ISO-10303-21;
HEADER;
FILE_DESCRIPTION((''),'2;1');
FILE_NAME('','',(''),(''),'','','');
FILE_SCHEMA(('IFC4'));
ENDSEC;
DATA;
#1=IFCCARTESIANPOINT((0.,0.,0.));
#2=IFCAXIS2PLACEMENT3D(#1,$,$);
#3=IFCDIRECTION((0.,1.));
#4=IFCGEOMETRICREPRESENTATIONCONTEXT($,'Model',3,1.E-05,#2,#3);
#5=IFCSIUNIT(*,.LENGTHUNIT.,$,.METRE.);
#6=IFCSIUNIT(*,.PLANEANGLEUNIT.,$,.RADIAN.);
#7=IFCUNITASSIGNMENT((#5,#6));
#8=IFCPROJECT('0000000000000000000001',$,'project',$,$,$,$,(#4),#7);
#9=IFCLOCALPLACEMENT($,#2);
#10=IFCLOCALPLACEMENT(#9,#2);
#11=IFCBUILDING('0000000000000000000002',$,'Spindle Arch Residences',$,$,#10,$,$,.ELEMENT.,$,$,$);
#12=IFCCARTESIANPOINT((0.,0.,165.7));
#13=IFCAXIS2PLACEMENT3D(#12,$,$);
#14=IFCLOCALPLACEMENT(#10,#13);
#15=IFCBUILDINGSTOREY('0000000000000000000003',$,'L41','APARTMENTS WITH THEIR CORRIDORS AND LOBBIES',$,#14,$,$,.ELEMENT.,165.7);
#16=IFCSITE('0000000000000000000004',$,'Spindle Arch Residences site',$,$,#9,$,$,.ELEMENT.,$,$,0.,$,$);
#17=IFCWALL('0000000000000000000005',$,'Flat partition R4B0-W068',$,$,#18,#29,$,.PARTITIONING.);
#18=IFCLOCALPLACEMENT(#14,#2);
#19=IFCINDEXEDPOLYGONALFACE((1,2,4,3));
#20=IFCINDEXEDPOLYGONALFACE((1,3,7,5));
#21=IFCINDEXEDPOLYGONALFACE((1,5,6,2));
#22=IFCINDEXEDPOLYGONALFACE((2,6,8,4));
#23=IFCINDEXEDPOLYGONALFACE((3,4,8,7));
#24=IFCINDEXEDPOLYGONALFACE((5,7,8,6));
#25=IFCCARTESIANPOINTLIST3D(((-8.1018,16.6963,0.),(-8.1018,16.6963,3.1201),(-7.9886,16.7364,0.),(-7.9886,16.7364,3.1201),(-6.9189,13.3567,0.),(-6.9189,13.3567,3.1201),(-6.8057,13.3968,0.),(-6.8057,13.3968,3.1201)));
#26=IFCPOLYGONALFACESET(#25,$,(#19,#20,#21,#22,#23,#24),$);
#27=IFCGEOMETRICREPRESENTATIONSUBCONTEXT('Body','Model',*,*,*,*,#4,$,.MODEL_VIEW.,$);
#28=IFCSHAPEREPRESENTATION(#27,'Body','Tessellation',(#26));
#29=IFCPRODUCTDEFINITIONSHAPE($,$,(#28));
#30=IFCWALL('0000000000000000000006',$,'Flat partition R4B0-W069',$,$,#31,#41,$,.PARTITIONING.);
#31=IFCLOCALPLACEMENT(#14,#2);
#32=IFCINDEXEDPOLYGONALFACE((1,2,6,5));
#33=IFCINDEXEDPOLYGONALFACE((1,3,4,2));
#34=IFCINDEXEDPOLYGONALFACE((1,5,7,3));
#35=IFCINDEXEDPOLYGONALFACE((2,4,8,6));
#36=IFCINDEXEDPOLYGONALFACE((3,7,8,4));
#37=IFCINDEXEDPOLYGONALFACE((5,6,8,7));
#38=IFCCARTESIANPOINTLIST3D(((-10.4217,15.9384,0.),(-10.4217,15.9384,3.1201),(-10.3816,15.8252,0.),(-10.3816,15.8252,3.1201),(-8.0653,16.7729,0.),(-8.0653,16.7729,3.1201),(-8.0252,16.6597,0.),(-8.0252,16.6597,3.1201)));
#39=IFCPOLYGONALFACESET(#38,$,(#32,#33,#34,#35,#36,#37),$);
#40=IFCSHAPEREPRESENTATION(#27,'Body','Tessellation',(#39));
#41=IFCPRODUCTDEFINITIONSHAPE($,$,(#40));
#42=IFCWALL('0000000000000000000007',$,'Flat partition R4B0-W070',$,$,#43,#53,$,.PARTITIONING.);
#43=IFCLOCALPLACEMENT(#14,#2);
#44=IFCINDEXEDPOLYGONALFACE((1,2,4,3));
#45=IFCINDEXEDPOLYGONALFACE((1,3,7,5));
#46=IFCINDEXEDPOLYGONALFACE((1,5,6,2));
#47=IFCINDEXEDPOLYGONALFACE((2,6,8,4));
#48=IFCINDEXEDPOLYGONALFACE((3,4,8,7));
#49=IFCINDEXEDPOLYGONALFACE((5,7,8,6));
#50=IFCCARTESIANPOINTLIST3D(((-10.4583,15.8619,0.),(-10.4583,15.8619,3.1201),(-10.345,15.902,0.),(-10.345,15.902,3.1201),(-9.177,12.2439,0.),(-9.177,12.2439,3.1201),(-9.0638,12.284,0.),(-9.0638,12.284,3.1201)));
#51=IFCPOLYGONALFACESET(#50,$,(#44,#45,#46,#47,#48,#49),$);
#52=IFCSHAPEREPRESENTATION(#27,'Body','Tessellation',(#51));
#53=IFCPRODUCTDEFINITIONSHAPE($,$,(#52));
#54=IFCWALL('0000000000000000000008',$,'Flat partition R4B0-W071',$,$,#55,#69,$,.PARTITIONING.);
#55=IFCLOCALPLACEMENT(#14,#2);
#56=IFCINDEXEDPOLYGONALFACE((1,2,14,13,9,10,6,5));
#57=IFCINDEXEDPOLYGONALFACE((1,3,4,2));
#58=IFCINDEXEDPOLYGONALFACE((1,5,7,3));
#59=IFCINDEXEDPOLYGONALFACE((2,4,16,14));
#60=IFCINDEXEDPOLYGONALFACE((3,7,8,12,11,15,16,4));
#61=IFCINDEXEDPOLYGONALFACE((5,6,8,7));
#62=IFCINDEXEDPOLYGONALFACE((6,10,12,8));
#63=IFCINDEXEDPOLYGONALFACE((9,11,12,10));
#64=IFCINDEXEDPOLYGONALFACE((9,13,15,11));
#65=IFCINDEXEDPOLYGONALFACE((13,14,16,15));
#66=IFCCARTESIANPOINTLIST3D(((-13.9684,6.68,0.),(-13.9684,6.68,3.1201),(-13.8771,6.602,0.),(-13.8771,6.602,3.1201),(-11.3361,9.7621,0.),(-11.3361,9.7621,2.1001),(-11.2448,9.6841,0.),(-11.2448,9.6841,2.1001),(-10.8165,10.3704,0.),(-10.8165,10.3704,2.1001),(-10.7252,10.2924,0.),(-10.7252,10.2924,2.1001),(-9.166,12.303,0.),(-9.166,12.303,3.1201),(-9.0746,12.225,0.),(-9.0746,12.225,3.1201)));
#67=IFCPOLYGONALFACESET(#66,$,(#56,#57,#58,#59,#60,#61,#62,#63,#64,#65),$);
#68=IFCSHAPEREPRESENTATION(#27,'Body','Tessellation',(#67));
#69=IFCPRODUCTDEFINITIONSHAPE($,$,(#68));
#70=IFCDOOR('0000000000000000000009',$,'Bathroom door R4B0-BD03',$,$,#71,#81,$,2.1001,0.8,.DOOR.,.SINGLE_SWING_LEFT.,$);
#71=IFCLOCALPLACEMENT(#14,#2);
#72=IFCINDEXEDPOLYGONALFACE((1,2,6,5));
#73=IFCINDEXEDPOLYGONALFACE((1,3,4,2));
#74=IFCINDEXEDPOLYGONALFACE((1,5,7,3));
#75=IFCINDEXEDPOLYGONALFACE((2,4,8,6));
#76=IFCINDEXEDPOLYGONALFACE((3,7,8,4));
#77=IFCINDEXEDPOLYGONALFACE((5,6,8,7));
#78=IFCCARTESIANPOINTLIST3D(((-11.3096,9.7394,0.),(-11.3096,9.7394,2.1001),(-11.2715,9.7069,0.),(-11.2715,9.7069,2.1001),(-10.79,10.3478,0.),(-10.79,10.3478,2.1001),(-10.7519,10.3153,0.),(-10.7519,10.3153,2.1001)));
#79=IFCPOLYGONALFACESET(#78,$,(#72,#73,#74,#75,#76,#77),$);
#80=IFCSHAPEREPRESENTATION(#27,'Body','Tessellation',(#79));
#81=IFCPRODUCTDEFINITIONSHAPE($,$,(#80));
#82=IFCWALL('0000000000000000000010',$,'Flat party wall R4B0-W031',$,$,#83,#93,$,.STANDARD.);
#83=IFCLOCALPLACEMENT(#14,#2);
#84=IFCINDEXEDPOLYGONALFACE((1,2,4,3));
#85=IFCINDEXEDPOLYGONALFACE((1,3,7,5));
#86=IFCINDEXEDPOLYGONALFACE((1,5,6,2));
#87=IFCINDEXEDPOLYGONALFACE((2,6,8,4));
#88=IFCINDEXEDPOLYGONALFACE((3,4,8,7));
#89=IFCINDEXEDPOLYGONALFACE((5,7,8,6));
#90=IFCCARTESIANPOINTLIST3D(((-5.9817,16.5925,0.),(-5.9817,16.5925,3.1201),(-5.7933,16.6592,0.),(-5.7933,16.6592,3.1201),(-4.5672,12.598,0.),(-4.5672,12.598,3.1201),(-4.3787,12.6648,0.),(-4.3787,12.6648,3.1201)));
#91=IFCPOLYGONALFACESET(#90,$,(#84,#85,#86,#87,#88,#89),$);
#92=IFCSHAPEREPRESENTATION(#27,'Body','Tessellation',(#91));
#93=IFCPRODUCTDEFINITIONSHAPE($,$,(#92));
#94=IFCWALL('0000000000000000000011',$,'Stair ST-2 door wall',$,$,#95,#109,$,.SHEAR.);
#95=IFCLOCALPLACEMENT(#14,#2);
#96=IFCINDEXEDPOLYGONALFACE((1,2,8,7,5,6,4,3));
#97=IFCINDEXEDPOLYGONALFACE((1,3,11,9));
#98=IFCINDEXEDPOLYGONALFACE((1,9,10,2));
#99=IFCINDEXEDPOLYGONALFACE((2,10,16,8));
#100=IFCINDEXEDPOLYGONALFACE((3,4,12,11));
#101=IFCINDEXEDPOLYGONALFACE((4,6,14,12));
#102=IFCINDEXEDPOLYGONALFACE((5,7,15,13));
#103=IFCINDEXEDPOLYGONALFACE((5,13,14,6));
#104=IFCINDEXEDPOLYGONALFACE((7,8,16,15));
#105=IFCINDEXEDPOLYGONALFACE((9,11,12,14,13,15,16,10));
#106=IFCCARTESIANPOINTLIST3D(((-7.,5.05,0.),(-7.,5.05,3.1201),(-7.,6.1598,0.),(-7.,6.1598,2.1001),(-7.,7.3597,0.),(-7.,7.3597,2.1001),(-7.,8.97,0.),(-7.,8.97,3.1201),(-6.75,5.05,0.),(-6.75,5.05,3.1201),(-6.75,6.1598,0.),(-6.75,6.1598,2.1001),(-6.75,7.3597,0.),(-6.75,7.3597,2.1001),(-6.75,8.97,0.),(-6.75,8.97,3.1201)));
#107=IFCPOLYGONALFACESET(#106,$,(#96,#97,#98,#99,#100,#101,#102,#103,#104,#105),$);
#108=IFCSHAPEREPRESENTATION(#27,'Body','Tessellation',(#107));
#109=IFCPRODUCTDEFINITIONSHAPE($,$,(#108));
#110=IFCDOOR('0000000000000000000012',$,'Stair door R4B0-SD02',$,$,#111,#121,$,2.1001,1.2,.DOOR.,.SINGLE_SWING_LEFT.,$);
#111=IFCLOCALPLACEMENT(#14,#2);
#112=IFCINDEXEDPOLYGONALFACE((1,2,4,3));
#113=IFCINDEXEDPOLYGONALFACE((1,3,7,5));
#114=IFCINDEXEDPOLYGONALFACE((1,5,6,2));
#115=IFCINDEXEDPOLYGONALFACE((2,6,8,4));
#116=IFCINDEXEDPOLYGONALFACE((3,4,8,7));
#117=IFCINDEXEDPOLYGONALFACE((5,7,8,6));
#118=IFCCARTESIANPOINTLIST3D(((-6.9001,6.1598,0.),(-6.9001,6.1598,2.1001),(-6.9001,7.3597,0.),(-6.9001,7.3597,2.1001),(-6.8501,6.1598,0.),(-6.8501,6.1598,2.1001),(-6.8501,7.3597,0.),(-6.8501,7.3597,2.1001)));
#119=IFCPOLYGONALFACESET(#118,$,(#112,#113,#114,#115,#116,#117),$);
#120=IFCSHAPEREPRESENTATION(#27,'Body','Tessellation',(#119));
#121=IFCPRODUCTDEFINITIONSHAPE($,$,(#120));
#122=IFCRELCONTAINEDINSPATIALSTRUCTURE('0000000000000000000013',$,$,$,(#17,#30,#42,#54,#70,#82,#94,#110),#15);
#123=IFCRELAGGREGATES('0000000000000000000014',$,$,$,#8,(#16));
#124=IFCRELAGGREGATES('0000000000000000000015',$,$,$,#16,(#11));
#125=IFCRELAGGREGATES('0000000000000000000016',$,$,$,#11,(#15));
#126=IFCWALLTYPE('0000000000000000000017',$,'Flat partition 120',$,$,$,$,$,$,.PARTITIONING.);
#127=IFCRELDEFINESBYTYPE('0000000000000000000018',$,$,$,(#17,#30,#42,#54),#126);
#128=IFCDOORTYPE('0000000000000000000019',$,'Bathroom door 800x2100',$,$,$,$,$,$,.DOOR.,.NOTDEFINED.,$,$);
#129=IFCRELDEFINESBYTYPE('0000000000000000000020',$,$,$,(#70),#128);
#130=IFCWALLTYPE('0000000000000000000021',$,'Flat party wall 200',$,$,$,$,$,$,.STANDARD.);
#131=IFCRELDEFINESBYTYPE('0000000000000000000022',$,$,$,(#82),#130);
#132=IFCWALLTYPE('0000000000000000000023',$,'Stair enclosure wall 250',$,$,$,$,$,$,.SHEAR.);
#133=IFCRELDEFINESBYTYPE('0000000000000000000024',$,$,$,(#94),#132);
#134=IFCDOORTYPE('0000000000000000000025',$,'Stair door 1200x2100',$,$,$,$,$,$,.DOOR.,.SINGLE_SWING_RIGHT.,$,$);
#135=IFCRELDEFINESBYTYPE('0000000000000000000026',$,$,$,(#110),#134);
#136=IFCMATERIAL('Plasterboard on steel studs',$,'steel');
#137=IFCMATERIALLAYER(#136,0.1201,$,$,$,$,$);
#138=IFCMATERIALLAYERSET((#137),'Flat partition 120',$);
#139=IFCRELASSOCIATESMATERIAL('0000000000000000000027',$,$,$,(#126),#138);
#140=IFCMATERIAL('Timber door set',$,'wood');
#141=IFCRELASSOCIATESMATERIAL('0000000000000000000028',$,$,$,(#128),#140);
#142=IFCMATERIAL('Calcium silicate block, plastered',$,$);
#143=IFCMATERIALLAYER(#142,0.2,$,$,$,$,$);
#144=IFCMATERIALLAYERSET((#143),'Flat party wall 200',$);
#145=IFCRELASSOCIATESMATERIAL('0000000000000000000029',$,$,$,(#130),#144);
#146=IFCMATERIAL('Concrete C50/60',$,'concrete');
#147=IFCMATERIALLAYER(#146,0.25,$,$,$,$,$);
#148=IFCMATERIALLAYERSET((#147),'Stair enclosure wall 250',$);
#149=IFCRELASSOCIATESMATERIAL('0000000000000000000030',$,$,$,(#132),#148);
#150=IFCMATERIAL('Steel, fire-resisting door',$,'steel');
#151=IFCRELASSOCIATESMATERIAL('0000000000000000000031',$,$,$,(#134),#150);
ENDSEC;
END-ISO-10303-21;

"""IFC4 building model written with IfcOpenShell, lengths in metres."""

from ifc_helpers import new_model, si_unit, direction, frame, frame_2d, origin, place, context, subcontext, project, spatial, rectangle, extrude, material, layer, layer_set, type_object, element, fill, save


model = new_model("IFC4")

# Units and contexts
model_context = context("Model", 3, precision=1e-05, world=origin(), true_north=direction((0.0, 1.0)))
body_context = subcontext(model_context, "Body", "Model", "MODEL_VIEW")
ifc_project = project(units=[si_unit("LENGTHUNIT", "METRE"), si_unit("PLANEANGLEUNIT", "RADIAN")], contexts=[model_context])

# Site, building, storey
site_placement = place(None, origin())
site = spatial("IfcSite", under=ifc_project, at=site_placement, Name="Spindle Arch Residences site", CompositionType="ELEMENT", RefElevation=0.0)
building_placement = place(site_placement, origin())
building = spatial("IfcBuilding", under=site, at=building_placement, Name="Spindle Arch Residences", CompositionType="ELEMENT")
storey_placement = place(building_placement, frame((0.0, 0.0, 165.7)))
storey = spatial("IfcBuildingStorey", under=building, at=storey_placement, Name="L41", Description="APARTMENTS WITH THEIR CORRIDORS AND LOBBIES", CompositionType="ELEMENT", Elevation=165.7)

# Shared definitions
ifc_material_1 = material(Name="Plasterboard on steel studs", Category="steel")
ifc_layer_1 = layer(ifc_material_1, 0.1201)
ifc_layer_set_1 = layer_set([ifc_layer_1], Name="Flat partition 120")
wall_type_1 = type_object("IfcWallType", Name="Flat partition 120", PredefinedType="PARTITIONING", material=ifc_layer_set_1)

# Walls
wall_1_placement = place(storey_placement, frame((-6.8623, 13.3767, 0.0), z_axis=(0.0, 0.0, 1.0), x_axis=(-0.333869, 0.94262, 0.0)))
element("IfcWall", 1, at=wall_1_placement, inside=storey, type_object=wall_type_1, Name="Flat partition R4B0-W068", PredefinedType="PARTITIONING", context=body_context, shape_type="SweptSolid", body=[
    extrude(rectangle(XDim=3.543, YDim=0.1201, at=frame_2d((1.7715, 0.0))), origin(), (0.0, 0.0, 1.0), 3.1201),
])
wall_2_placement = place(storey_placement, frame((-8.0452, 16.7163, 0.0), z_axis=(0.0, 0.0, 1.0), x_axis=(-0.94264, -0.333811, 0.0)))
element("IfcWall", 2, at=wall_2_placement, inside=storey, type_object=wall_type_1, Name="Flat partition R4B0-W069", PredefinedType="PARTITIONING", context=body_context, shape_type="SweptSolid", body=[
    extrude(rectangle(XDim=2.4998, YDim=0.1201, at=frame_2d((1.25, 0.0))), origin(), (0.0, 0.0, 1.0), 3.1201),
])
wall_3_placement = place(storey_placement, frame((-10.4016, 15.8818, 0.0), z_axis=(0.0, 0.0, 1.0), x_axis=(0.333825, -0.942635, 0.0)))
element("IfcWall", 3, at=wall_3_placement, inside=storey, type_object=wall_type_1, Name="Flat partition R4B0-W070", PredefinedType="PARTITIONING", context=body_context, shape_type="SweptSolid", body=[
    extrude(rectangle(XDim=3.8381, YDim=0.1201, at=frame_2d((1.9189, 0.0))), origin(), (0.0, 0.0, 1.0), 3.1201),
])

# Wall, opening, door
wall_4_placement = place(storey_placement, frame((-9.1204, 12.2639, 0.0), z_axis=(0.0, 0.0, 1.0), x_axis=(-0.649444, -0.760409, 0.0)))
wall_4 = element("IfcWall", 4, at=wall_4_placement, inside=storey, type_object=wall_type_1, Name="Flat partition R4B0-W071", PredefinedType="PARTITIONING", context=body_context, shape_type="SweptSolid", body=[
    extrude(rectangle(XDim=7.3948, YDim=0.1201, at=frame_2d((3.6973, 0.0))), origin(), (0.0, 0.0, 1.0), 3.1201),
])
opening_1_placement = place(wall_4_placement, frame((2.5415, 0.0, 0.0)))
opening_1 = element("IfcOpeningElement", 5, at=opening_1_placement, cuts=wall_4, PredefinedType="OPENING", context=body_context, shape_type="SweptSolid", body=[
    extrude(rectangle(XDim=0.8, YDim=2.1001, at=frame_2d((0.3999, 1.05))), frame((0.0, 0.0701, 0.0), z_axis=(0.0, -1.0, 0.0), x_axis=(1.0, 0.0, 0.0)), (0.0, 0.0, 1.0), 0.1401),
])
ifc_material_2 = material(Name="Timber door set", Category="wood")
door_type_1 = type_object("IfcDoorType", Name="Bathroom door 800x2100", OperationType="NOTDEFINED", PredefinedType="DOOR", material=ifc_material_2)
door_1_placement = place(opening_1_placement, origin())
door_1 = element("IfcDoor", 6, at=door_1_placement, inside=storey, type_object=door_type_1, Name="Bathroom door R4B0-BD03", OperationType="SINGLE_SWING_LEFT", OverallHeight=2.1001, OverallWidth=0.8, PredefinedType="DOOR", context=body_context, shape_type="SweptSolid", body=[
    extrude(rectangle(XDim=0.8, YDim=2.1001, at=frame_2d((0.3999, 1.05))), frame((0.0, 0.0249, 0.0), z_axis=(0.0, -1.0, 0.0), x_axis=(1.0, 0.0, 0.0)), (0.0, 0.0, 1.0), 0.05),
])
fill(opening_1, door_1)

# Wall
ifc_material_3 = material(Name="Calcium silicate block, plastered")
ifc_layer_2 = layer(ifc_material_3, 0.2)
ifc_layer_set_2 = layer_set([ifc_layer_2], Name="Flat party wall 200")
wall_type_2 = type_object("IfcWallType", Name="Flat party wall 200", PredefinedType="STANDARD", material=ifc_layer_set_2)
wall_5_placement = place(storey_placement, frame((-5.8875, 16.6257, 0.0), z_axis=(0.0, 0.0, 1.0), x_axis=(0.33382, -0.942637, 0.0)))
element("IfcWall", 7, at=wall_5_placement, inside=storey, type_object=wall_type_2, Name="Flat party wall R4B0-W031", PredefinedType="STANDARD", context=body_context, shape_type="SweptSolid", body=[
    extrude(rectangle(XDim=4.2375, YDim=0.2, at=frame_2d((2.1187, 0.0))), origin(), (0.0, 0.0, 1.0), 3.1201),
])

# Wall, opening, door
ifc_material_4 = material(Name="Concrete C50/60", Category="concrete")
ifc_layer_3 = layer(ifc_material_4, 0.25)
ifc_layer_set_3 = layer_set([ifc_layer_3], Name="Stair enclosure wall 250")
wall_type_3 = type_object("IfcWallType", Name="Stair enclosure wall 250", PredefinedType="SHEAR", material=ifc_layer_set_3)
wall_6_placement = place(storey_placement, frame((-6.875, 8.97, 0.0), z_axis=(0.0, 0.0, 1.0), x_axis=(0.0, -1.0, 0.0)))
wall_6 = element("IfcWall", 8, at=wall_6_placement, inside=storey, type_object=wall_type_3, Name="Stair ST-2 door wall", PredefinedType="SHEAR", context=body_context, shape_type="SweptSolid", body=[
    extrude(rectangle(XDim=3.9199, YDim=0.25, at=frame_2d((1.96, 0.0))), origin(), (0.0, 0.0, 1.0), 3.1201),
])
opening_2_placement = place(wall_6_placement, frame((1.6101, 0.0, 0.0)))
opening_2 = element("IfcOpeningElement", 9, at=opening_2_placement, cuts=wall_6, PredefinedType="OPENING", context=body_context, shape_type="SweptSolid", body=[
    extrude(rectangle(XDim=1.2, YDim=2.1001, at=frame_2d((0.6001, 1.05))), frame((0.0, 0.135, 0.0), z_axis=(0.0, -1.0, 0.0), x_axis=(1.0, 0.0, 0.0)), (0.0, 0.0, 1.0), 0.27),
])
ifc_material_5 = material(Name="Steel, fire-resisting door", Category="steel")
door_type_2 = type_object("IfcDoorType", Name="Stair door 1200x2100", OperationType="SINGLE_SWING_RIGHT", PredefinedType="DOOR", material=ifc_material_5)
door_2_placement = place(opening_2_placement, origin())
door_2 = element("IfcDoor", 10, at=door_2_placement, inside=storey, type_object=door_type_2, Name="Stair door R4B0-SD02", OperationType="SINGLE_SWING_LEFT", OverallHeight=2.1001, OverallWidth=1.2, PredefinedType="DOOR", context=body_context, shape_type="SweptSolid", body=[
    extrude(rectangle(XDim=1.2, YDim=2.1001, at=frame_2d((0.6001, 1.05))), frame((0.0, 0.0249, 0.0), z_axis=(0.0, -1.0, 0.0), x_axis=(1.0, 0.0, 0.0)), (0.0, 0.0, 1.0), 0.05),
])
fill(opening_2, door_2)

save(model, "model.ifc")
